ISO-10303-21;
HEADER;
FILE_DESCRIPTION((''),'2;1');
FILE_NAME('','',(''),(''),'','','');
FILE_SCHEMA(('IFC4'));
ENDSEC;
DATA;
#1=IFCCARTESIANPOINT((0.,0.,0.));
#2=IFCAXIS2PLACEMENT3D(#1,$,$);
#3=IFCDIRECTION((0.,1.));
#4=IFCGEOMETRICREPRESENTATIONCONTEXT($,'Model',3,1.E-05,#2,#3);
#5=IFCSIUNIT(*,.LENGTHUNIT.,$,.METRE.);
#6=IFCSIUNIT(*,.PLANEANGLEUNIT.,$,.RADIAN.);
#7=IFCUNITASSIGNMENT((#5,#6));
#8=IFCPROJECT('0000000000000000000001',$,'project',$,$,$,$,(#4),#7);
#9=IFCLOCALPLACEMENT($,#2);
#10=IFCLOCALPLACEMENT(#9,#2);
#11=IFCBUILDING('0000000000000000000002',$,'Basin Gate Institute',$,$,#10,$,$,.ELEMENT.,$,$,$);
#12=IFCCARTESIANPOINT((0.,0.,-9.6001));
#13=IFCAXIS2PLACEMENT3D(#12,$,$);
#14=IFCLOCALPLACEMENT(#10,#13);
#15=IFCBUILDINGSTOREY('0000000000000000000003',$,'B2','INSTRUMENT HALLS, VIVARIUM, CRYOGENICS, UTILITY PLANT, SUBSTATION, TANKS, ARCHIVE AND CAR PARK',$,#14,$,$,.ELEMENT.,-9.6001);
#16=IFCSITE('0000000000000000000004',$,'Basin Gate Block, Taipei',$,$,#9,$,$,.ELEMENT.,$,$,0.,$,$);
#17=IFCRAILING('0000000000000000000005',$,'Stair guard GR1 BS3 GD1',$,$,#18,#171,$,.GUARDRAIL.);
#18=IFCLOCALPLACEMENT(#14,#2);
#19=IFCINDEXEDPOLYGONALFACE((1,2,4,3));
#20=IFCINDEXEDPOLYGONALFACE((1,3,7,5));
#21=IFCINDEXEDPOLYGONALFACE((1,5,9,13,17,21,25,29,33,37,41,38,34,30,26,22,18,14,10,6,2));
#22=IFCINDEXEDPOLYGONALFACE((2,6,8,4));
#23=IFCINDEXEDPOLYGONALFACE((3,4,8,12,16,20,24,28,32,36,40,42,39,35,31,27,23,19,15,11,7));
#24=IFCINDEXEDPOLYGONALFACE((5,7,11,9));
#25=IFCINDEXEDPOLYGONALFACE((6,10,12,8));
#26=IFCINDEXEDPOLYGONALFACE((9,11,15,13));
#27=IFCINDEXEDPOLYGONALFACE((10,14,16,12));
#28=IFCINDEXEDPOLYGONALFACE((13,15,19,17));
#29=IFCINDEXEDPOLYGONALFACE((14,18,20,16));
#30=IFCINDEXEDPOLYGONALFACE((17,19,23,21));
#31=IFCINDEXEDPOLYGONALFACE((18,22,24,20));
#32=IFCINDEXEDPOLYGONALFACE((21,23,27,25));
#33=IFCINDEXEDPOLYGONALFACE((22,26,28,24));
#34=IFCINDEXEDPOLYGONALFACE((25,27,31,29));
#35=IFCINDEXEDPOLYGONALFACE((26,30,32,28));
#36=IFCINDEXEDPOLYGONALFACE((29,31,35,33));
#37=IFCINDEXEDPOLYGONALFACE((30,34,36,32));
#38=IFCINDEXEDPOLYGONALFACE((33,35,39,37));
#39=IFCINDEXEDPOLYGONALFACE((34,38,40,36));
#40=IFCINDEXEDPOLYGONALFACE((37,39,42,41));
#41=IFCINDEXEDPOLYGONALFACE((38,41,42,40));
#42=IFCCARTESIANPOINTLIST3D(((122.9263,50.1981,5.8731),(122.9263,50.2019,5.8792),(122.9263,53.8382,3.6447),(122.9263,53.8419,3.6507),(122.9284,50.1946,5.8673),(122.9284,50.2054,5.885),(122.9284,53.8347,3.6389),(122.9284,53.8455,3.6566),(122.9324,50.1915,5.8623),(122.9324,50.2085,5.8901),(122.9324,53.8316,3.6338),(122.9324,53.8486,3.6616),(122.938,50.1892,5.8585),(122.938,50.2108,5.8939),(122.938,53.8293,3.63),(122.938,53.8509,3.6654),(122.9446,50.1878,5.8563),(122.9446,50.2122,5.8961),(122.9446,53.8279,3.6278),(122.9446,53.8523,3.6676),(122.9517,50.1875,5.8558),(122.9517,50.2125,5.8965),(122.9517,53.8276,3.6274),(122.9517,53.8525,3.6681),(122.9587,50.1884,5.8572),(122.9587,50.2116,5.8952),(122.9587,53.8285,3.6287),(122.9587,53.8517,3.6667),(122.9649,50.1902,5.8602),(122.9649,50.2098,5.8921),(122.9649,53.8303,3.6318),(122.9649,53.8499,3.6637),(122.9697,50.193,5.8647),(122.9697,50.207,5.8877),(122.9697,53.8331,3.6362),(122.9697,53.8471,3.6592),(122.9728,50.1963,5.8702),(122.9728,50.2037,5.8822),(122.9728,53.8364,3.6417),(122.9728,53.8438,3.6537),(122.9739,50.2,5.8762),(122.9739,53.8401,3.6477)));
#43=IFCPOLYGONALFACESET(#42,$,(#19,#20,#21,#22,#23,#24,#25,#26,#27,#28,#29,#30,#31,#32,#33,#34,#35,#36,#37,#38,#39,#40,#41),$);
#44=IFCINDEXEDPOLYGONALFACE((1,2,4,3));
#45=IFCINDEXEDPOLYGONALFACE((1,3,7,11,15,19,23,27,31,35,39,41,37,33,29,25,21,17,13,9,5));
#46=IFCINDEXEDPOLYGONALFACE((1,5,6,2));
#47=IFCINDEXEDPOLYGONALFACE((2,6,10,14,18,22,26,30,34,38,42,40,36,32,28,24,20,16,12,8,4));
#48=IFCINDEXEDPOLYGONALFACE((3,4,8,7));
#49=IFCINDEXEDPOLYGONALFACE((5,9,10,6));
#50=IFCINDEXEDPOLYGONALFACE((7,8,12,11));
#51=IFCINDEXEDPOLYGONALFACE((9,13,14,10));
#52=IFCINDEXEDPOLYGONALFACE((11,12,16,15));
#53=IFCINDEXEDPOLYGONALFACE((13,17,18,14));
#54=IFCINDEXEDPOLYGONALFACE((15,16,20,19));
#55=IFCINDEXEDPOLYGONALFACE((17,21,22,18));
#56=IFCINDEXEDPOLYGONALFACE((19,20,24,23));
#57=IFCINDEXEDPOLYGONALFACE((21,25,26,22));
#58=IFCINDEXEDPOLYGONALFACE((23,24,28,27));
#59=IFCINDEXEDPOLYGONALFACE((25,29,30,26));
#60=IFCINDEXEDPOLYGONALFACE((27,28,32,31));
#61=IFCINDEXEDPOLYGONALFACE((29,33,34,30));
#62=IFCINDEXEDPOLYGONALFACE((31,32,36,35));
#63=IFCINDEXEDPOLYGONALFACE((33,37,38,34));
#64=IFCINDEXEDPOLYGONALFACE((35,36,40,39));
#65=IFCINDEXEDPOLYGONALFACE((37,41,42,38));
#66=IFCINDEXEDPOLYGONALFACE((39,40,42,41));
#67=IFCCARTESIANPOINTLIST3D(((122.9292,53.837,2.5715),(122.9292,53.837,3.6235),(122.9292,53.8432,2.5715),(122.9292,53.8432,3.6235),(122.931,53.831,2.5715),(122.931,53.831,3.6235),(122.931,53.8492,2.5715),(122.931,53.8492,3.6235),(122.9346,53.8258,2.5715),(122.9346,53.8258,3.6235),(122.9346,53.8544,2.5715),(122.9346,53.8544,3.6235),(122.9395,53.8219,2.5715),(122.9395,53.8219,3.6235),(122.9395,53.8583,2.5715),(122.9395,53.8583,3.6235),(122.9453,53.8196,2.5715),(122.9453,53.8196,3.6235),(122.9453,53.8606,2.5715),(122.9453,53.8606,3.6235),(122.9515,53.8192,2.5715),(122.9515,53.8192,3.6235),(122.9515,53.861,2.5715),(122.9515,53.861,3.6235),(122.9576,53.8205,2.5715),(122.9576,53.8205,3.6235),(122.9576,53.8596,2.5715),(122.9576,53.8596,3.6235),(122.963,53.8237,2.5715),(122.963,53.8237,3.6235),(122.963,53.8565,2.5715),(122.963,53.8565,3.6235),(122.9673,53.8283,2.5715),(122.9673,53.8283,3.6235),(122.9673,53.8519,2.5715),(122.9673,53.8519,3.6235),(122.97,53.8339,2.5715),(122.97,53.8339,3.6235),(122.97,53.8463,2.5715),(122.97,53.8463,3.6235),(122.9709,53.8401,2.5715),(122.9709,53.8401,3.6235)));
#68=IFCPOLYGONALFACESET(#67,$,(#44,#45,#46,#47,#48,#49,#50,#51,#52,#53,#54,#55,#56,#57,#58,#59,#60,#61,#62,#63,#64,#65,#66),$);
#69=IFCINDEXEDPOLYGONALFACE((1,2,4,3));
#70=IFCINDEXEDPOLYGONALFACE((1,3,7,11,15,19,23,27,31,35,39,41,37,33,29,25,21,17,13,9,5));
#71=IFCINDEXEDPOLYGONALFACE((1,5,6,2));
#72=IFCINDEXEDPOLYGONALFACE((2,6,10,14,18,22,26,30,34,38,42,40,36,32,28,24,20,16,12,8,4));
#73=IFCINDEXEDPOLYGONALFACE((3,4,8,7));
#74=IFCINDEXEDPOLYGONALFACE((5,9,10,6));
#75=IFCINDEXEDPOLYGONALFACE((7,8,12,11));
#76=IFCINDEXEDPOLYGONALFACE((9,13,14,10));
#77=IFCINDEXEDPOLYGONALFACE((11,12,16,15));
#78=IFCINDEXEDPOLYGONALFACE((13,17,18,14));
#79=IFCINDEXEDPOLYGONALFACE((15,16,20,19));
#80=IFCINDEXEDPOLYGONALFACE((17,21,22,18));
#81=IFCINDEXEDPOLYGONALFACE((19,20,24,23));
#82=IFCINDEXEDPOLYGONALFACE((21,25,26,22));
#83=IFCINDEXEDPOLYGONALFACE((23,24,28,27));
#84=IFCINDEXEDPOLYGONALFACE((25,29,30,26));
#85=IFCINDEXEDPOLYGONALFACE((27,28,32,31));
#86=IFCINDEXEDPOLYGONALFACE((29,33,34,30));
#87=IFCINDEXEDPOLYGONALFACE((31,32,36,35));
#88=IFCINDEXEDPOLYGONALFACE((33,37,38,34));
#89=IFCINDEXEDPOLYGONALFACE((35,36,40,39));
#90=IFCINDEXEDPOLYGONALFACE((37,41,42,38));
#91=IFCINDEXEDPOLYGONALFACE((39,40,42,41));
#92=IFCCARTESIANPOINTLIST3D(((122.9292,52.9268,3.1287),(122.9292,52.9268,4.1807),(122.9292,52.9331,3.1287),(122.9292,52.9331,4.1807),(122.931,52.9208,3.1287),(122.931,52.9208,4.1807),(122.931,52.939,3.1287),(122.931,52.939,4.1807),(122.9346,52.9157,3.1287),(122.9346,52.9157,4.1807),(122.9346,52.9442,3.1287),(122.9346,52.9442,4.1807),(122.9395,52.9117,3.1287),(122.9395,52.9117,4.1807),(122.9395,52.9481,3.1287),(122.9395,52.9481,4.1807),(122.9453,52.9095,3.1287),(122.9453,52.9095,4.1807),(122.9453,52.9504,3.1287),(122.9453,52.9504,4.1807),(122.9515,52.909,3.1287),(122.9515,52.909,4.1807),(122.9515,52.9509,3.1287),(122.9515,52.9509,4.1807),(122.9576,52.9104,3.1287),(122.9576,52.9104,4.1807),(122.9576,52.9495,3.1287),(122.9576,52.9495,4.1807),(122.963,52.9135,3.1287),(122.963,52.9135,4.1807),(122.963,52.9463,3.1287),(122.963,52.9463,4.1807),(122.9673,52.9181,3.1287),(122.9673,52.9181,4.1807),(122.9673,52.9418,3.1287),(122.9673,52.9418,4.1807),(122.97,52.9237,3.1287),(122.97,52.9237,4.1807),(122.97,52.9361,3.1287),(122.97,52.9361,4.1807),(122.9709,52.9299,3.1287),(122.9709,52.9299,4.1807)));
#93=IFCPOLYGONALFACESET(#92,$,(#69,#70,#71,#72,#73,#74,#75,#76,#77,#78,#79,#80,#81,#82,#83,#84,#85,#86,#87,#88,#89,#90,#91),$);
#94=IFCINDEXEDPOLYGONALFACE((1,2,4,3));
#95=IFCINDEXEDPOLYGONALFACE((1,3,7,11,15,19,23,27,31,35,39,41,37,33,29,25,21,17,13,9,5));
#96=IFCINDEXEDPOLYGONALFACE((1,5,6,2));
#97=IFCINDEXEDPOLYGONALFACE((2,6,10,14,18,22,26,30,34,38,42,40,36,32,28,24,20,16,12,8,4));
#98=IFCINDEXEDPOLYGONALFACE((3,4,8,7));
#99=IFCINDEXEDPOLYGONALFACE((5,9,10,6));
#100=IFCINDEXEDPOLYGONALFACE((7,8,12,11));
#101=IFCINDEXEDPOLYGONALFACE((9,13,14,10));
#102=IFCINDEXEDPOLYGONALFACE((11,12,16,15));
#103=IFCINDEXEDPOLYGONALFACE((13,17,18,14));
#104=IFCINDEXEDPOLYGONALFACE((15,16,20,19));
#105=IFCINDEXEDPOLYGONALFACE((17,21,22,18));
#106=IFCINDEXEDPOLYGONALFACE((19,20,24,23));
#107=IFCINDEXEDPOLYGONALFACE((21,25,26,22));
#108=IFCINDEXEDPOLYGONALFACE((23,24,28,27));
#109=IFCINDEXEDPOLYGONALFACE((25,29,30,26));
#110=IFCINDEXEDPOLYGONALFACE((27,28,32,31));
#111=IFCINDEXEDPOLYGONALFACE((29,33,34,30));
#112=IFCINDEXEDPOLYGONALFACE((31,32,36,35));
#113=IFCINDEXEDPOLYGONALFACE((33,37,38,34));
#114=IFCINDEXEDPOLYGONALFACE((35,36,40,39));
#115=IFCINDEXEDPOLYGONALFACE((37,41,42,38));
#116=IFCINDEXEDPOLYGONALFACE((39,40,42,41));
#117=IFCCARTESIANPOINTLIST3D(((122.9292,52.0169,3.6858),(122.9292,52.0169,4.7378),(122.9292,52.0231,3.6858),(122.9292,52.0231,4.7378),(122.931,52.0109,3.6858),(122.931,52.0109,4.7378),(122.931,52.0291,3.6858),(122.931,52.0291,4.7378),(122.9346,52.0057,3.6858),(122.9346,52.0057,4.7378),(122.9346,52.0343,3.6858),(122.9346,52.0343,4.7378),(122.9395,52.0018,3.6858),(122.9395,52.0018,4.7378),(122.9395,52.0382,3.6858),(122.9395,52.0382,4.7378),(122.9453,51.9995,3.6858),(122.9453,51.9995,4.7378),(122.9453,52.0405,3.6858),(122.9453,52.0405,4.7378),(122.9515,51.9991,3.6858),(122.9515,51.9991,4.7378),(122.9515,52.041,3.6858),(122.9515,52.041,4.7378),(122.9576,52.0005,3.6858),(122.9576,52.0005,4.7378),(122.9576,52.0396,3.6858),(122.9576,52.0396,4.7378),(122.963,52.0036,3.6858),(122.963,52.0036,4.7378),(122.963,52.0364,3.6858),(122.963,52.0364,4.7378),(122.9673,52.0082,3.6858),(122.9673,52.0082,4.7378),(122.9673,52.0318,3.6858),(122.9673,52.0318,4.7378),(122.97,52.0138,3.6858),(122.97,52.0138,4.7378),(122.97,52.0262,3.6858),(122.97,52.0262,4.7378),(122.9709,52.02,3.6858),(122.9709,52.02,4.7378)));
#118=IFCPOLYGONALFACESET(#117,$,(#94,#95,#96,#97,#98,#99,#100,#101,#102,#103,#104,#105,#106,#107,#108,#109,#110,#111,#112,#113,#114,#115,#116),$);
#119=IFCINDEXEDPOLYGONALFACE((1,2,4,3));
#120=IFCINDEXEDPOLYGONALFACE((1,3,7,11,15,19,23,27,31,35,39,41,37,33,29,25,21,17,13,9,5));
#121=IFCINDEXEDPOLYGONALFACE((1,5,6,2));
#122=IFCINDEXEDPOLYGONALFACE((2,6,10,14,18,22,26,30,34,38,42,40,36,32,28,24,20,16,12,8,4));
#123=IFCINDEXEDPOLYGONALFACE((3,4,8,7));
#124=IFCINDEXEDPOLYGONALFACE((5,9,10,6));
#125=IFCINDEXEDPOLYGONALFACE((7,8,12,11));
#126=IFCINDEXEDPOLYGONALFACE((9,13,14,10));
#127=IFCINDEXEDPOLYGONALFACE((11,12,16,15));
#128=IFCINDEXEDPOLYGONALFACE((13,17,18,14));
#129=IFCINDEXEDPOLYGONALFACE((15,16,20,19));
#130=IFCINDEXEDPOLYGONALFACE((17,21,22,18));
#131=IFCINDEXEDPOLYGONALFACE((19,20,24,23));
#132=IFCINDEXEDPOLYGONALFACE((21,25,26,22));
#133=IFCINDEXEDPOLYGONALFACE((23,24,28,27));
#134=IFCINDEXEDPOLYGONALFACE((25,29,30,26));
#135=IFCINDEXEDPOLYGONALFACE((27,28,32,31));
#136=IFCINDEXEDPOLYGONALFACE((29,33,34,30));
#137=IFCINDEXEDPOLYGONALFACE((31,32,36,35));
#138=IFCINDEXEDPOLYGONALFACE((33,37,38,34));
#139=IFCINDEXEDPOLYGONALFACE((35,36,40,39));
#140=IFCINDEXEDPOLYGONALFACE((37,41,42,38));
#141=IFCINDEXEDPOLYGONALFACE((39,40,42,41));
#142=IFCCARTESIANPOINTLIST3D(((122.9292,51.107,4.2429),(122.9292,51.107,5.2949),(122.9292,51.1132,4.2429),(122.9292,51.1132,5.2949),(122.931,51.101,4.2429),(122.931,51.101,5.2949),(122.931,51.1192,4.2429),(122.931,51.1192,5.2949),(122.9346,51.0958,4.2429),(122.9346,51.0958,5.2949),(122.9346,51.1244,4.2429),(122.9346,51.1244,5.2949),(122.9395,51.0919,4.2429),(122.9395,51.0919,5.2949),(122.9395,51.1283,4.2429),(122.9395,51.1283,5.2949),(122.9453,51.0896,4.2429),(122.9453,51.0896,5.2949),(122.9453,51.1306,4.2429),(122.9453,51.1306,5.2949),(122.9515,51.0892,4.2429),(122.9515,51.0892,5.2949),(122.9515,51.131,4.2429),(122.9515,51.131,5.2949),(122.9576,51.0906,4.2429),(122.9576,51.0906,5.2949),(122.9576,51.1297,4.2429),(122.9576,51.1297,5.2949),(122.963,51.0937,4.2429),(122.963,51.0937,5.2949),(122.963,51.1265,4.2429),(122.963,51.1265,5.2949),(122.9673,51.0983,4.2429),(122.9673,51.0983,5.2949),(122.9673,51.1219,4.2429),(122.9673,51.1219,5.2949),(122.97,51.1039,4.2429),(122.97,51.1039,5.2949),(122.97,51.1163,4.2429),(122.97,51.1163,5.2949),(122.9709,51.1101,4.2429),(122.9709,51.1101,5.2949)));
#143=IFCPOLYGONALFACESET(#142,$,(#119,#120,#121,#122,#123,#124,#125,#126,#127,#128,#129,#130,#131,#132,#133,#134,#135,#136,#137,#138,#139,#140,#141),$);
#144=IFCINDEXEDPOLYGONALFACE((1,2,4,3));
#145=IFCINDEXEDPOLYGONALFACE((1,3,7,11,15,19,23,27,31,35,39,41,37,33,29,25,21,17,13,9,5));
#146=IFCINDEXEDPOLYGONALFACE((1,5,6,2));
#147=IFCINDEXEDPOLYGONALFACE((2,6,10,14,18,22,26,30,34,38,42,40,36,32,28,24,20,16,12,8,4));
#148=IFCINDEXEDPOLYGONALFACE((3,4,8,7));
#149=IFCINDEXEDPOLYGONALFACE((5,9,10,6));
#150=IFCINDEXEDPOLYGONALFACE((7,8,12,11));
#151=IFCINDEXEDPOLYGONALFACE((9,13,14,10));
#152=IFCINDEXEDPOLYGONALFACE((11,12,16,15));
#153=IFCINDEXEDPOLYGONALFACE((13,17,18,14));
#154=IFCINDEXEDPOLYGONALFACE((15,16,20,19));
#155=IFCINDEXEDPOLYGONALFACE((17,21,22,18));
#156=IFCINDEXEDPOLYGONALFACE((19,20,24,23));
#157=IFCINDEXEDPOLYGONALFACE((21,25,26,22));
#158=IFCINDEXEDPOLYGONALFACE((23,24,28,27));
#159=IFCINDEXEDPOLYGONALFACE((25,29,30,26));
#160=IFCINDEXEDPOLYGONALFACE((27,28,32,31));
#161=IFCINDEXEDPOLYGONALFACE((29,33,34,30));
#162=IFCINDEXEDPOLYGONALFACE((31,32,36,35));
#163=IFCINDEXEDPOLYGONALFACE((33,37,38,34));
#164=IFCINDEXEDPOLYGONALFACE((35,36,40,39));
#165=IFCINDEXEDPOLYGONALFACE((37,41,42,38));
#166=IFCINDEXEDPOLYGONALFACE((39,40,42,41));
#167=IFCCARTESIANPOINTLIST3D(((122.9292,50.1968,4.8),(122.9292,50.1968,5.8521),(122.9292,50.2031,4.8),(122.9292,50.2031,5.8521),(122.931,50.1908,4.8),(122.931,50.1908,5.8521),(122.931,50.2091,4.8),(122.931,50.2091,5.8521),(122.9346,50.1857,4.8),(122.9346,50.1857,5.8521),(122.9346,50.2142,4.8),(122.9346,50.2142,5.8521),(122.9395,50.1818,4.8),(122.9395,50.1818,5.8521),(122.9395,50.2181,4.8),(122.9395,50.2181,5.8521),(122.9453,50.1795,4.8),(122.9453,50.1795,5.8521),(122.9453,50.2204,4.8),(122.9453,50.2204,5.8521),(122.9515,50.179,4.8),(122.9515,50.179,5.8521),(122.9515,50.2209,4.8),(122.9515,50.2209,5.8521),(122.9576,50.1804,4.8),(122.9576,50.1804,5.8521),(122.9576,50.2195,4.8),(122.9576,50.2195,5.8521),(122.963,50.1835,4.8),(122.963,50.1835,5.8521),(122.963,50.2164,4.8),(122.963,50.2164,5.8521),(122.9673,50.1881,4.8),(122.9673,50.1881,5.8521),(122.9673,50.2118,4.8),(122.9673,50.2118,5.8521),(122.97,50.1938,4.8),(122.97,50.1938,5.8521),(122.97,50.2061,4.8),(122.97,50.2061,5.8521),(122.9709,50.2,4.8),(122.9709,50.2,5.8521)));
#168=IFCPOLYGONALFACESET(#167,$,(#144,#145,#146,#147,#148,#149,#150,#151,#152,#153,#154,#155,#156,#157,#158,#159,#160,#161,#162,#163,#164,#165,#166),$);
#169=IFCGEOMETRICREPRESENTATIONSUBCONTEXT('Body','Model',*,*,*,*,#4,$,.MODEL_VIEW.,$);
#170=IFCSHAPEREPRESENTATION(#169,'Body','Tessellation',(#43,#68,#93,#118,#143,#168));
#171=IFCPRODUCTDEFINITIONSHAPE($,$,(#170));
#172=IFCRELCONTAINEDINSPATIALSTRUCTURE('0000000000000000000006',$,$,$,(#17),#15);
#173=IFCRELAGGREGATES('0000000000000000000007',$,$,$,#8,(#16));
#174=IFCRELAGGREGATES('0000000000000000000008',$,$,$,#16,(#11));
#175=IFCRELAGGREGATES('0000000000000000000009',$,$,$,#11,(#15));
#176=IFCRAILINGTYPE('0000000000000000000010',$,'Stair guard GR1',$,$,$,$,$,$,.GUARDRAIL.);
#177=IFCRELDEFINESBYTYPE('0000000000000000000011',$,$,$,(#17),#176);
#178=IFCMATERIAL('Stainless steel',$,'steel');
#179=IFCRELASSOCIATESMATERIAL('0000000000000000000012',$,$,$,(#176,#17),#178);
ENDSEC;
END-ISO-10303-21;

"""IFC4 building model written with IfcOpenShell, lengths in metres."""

from ifc_helpers import new_model, si_unit, direction, frame, origin, origin_2d, place, context, subcontext, project, spatial, circle, extrude, material, type_object, element, save


model = new_model("IFC4")

# Units and contexts
model_context = context("Model", 3, precision=1e-05, world=origin(), true_north=direction((0.0, 1.0)))
body_context = subcontext(model_context, "Body", "Model", "MODEL_VIEW")
ifc_project = project(units=[si_unit("LENGTHUNIT", "METRE"), si_unit("PLANEANGLEUNIT", "RADIAN")], contexts=[model_context])

# Site, building, storey
site_placement = place(None, origin())
site = spatial("IfcSite", under=ifc_project, at=site_placement, Name="Basin Gate Block, Taipei", CompositionType="ELEMENT", RefElevation=0.0)
building_placement = place(site_placement, origin())
building = spatial("IfcBuilding", under=site, at=building_placement, Name="Basin Gate Institute", CompositionType="ELEMENT")
storey_placement = place(building_placement, frame((0.0, 0.0, -9.6001)))
storey = spatial("IfcBuildingStorey", under=building, at=storey_placement, Name="B2", Description="INSTRUMENT HALLS, VIVARIUM, CRYOGENICS, UTILITY PLANT, SUBSTATION, TANKS, ARCHIVE AND CAR PARK", CompositionType="ELEMENT", Elevation=-9.6001)

# Railing
ifc_material_1 = material(Name="Stainless steel", Category="steel")
railing_type_1 = type_object("IfcRailingType", Name="Stair guard GR1", PredefinedType="GUARDRAIL", material=ifc_material_1)
railing_1_placement = place(storey_placement, frame((122.95, 53.8401, 2.5715)))
element("IfcRailing", 1, at=railing_1_placement, inside=storey, type_object=railing_type_1, material=ifc_material_1, Name="Stair guard GR1 BS3 GD1", PredefinedType="GUARDRAIL", context=body_context, shape_type="SweptSolid", body=[
    extrude(circle(Radius=0.0239, at=origin_2d()), frame((0.0, 0.0, 1.0762), z_axis=(0.0, -0.852866, 0.52213), x_axis=(1.0, 0.0, 0.0)), (0.0, 0.0, 1.0), 4.2681),
    extrude(circle(Radius=0.021, at=origin_2d()), origin(), (0.0, 0.0, 1.0), 1.052),
    extrude(circle(Radius=0.021, at=origin_2d()), frame((0.0, -0.9102, 0.5571)), (0.0, 0.0, 1.0), 1.052),
    extrude(circle(Radius=0.021, at=origin_2d()), frame((0.0, -1.8201, 1.1143)), (0.0, 0.0, 1.0), 1.052),
    extrude(circle(Radius=0.021, at=origin_2d()), frame((0.0, -2.73, 1.6714)), (0.0, 0.0, 1.0), 1.052),
    extrude(circle(Radius=0.021, at=origin_2d()), frame((0.0, -3.6401, 2.2285)), (0.0, 0.0, 1.0), 1.052),
])

save(model, "model.ifc")
